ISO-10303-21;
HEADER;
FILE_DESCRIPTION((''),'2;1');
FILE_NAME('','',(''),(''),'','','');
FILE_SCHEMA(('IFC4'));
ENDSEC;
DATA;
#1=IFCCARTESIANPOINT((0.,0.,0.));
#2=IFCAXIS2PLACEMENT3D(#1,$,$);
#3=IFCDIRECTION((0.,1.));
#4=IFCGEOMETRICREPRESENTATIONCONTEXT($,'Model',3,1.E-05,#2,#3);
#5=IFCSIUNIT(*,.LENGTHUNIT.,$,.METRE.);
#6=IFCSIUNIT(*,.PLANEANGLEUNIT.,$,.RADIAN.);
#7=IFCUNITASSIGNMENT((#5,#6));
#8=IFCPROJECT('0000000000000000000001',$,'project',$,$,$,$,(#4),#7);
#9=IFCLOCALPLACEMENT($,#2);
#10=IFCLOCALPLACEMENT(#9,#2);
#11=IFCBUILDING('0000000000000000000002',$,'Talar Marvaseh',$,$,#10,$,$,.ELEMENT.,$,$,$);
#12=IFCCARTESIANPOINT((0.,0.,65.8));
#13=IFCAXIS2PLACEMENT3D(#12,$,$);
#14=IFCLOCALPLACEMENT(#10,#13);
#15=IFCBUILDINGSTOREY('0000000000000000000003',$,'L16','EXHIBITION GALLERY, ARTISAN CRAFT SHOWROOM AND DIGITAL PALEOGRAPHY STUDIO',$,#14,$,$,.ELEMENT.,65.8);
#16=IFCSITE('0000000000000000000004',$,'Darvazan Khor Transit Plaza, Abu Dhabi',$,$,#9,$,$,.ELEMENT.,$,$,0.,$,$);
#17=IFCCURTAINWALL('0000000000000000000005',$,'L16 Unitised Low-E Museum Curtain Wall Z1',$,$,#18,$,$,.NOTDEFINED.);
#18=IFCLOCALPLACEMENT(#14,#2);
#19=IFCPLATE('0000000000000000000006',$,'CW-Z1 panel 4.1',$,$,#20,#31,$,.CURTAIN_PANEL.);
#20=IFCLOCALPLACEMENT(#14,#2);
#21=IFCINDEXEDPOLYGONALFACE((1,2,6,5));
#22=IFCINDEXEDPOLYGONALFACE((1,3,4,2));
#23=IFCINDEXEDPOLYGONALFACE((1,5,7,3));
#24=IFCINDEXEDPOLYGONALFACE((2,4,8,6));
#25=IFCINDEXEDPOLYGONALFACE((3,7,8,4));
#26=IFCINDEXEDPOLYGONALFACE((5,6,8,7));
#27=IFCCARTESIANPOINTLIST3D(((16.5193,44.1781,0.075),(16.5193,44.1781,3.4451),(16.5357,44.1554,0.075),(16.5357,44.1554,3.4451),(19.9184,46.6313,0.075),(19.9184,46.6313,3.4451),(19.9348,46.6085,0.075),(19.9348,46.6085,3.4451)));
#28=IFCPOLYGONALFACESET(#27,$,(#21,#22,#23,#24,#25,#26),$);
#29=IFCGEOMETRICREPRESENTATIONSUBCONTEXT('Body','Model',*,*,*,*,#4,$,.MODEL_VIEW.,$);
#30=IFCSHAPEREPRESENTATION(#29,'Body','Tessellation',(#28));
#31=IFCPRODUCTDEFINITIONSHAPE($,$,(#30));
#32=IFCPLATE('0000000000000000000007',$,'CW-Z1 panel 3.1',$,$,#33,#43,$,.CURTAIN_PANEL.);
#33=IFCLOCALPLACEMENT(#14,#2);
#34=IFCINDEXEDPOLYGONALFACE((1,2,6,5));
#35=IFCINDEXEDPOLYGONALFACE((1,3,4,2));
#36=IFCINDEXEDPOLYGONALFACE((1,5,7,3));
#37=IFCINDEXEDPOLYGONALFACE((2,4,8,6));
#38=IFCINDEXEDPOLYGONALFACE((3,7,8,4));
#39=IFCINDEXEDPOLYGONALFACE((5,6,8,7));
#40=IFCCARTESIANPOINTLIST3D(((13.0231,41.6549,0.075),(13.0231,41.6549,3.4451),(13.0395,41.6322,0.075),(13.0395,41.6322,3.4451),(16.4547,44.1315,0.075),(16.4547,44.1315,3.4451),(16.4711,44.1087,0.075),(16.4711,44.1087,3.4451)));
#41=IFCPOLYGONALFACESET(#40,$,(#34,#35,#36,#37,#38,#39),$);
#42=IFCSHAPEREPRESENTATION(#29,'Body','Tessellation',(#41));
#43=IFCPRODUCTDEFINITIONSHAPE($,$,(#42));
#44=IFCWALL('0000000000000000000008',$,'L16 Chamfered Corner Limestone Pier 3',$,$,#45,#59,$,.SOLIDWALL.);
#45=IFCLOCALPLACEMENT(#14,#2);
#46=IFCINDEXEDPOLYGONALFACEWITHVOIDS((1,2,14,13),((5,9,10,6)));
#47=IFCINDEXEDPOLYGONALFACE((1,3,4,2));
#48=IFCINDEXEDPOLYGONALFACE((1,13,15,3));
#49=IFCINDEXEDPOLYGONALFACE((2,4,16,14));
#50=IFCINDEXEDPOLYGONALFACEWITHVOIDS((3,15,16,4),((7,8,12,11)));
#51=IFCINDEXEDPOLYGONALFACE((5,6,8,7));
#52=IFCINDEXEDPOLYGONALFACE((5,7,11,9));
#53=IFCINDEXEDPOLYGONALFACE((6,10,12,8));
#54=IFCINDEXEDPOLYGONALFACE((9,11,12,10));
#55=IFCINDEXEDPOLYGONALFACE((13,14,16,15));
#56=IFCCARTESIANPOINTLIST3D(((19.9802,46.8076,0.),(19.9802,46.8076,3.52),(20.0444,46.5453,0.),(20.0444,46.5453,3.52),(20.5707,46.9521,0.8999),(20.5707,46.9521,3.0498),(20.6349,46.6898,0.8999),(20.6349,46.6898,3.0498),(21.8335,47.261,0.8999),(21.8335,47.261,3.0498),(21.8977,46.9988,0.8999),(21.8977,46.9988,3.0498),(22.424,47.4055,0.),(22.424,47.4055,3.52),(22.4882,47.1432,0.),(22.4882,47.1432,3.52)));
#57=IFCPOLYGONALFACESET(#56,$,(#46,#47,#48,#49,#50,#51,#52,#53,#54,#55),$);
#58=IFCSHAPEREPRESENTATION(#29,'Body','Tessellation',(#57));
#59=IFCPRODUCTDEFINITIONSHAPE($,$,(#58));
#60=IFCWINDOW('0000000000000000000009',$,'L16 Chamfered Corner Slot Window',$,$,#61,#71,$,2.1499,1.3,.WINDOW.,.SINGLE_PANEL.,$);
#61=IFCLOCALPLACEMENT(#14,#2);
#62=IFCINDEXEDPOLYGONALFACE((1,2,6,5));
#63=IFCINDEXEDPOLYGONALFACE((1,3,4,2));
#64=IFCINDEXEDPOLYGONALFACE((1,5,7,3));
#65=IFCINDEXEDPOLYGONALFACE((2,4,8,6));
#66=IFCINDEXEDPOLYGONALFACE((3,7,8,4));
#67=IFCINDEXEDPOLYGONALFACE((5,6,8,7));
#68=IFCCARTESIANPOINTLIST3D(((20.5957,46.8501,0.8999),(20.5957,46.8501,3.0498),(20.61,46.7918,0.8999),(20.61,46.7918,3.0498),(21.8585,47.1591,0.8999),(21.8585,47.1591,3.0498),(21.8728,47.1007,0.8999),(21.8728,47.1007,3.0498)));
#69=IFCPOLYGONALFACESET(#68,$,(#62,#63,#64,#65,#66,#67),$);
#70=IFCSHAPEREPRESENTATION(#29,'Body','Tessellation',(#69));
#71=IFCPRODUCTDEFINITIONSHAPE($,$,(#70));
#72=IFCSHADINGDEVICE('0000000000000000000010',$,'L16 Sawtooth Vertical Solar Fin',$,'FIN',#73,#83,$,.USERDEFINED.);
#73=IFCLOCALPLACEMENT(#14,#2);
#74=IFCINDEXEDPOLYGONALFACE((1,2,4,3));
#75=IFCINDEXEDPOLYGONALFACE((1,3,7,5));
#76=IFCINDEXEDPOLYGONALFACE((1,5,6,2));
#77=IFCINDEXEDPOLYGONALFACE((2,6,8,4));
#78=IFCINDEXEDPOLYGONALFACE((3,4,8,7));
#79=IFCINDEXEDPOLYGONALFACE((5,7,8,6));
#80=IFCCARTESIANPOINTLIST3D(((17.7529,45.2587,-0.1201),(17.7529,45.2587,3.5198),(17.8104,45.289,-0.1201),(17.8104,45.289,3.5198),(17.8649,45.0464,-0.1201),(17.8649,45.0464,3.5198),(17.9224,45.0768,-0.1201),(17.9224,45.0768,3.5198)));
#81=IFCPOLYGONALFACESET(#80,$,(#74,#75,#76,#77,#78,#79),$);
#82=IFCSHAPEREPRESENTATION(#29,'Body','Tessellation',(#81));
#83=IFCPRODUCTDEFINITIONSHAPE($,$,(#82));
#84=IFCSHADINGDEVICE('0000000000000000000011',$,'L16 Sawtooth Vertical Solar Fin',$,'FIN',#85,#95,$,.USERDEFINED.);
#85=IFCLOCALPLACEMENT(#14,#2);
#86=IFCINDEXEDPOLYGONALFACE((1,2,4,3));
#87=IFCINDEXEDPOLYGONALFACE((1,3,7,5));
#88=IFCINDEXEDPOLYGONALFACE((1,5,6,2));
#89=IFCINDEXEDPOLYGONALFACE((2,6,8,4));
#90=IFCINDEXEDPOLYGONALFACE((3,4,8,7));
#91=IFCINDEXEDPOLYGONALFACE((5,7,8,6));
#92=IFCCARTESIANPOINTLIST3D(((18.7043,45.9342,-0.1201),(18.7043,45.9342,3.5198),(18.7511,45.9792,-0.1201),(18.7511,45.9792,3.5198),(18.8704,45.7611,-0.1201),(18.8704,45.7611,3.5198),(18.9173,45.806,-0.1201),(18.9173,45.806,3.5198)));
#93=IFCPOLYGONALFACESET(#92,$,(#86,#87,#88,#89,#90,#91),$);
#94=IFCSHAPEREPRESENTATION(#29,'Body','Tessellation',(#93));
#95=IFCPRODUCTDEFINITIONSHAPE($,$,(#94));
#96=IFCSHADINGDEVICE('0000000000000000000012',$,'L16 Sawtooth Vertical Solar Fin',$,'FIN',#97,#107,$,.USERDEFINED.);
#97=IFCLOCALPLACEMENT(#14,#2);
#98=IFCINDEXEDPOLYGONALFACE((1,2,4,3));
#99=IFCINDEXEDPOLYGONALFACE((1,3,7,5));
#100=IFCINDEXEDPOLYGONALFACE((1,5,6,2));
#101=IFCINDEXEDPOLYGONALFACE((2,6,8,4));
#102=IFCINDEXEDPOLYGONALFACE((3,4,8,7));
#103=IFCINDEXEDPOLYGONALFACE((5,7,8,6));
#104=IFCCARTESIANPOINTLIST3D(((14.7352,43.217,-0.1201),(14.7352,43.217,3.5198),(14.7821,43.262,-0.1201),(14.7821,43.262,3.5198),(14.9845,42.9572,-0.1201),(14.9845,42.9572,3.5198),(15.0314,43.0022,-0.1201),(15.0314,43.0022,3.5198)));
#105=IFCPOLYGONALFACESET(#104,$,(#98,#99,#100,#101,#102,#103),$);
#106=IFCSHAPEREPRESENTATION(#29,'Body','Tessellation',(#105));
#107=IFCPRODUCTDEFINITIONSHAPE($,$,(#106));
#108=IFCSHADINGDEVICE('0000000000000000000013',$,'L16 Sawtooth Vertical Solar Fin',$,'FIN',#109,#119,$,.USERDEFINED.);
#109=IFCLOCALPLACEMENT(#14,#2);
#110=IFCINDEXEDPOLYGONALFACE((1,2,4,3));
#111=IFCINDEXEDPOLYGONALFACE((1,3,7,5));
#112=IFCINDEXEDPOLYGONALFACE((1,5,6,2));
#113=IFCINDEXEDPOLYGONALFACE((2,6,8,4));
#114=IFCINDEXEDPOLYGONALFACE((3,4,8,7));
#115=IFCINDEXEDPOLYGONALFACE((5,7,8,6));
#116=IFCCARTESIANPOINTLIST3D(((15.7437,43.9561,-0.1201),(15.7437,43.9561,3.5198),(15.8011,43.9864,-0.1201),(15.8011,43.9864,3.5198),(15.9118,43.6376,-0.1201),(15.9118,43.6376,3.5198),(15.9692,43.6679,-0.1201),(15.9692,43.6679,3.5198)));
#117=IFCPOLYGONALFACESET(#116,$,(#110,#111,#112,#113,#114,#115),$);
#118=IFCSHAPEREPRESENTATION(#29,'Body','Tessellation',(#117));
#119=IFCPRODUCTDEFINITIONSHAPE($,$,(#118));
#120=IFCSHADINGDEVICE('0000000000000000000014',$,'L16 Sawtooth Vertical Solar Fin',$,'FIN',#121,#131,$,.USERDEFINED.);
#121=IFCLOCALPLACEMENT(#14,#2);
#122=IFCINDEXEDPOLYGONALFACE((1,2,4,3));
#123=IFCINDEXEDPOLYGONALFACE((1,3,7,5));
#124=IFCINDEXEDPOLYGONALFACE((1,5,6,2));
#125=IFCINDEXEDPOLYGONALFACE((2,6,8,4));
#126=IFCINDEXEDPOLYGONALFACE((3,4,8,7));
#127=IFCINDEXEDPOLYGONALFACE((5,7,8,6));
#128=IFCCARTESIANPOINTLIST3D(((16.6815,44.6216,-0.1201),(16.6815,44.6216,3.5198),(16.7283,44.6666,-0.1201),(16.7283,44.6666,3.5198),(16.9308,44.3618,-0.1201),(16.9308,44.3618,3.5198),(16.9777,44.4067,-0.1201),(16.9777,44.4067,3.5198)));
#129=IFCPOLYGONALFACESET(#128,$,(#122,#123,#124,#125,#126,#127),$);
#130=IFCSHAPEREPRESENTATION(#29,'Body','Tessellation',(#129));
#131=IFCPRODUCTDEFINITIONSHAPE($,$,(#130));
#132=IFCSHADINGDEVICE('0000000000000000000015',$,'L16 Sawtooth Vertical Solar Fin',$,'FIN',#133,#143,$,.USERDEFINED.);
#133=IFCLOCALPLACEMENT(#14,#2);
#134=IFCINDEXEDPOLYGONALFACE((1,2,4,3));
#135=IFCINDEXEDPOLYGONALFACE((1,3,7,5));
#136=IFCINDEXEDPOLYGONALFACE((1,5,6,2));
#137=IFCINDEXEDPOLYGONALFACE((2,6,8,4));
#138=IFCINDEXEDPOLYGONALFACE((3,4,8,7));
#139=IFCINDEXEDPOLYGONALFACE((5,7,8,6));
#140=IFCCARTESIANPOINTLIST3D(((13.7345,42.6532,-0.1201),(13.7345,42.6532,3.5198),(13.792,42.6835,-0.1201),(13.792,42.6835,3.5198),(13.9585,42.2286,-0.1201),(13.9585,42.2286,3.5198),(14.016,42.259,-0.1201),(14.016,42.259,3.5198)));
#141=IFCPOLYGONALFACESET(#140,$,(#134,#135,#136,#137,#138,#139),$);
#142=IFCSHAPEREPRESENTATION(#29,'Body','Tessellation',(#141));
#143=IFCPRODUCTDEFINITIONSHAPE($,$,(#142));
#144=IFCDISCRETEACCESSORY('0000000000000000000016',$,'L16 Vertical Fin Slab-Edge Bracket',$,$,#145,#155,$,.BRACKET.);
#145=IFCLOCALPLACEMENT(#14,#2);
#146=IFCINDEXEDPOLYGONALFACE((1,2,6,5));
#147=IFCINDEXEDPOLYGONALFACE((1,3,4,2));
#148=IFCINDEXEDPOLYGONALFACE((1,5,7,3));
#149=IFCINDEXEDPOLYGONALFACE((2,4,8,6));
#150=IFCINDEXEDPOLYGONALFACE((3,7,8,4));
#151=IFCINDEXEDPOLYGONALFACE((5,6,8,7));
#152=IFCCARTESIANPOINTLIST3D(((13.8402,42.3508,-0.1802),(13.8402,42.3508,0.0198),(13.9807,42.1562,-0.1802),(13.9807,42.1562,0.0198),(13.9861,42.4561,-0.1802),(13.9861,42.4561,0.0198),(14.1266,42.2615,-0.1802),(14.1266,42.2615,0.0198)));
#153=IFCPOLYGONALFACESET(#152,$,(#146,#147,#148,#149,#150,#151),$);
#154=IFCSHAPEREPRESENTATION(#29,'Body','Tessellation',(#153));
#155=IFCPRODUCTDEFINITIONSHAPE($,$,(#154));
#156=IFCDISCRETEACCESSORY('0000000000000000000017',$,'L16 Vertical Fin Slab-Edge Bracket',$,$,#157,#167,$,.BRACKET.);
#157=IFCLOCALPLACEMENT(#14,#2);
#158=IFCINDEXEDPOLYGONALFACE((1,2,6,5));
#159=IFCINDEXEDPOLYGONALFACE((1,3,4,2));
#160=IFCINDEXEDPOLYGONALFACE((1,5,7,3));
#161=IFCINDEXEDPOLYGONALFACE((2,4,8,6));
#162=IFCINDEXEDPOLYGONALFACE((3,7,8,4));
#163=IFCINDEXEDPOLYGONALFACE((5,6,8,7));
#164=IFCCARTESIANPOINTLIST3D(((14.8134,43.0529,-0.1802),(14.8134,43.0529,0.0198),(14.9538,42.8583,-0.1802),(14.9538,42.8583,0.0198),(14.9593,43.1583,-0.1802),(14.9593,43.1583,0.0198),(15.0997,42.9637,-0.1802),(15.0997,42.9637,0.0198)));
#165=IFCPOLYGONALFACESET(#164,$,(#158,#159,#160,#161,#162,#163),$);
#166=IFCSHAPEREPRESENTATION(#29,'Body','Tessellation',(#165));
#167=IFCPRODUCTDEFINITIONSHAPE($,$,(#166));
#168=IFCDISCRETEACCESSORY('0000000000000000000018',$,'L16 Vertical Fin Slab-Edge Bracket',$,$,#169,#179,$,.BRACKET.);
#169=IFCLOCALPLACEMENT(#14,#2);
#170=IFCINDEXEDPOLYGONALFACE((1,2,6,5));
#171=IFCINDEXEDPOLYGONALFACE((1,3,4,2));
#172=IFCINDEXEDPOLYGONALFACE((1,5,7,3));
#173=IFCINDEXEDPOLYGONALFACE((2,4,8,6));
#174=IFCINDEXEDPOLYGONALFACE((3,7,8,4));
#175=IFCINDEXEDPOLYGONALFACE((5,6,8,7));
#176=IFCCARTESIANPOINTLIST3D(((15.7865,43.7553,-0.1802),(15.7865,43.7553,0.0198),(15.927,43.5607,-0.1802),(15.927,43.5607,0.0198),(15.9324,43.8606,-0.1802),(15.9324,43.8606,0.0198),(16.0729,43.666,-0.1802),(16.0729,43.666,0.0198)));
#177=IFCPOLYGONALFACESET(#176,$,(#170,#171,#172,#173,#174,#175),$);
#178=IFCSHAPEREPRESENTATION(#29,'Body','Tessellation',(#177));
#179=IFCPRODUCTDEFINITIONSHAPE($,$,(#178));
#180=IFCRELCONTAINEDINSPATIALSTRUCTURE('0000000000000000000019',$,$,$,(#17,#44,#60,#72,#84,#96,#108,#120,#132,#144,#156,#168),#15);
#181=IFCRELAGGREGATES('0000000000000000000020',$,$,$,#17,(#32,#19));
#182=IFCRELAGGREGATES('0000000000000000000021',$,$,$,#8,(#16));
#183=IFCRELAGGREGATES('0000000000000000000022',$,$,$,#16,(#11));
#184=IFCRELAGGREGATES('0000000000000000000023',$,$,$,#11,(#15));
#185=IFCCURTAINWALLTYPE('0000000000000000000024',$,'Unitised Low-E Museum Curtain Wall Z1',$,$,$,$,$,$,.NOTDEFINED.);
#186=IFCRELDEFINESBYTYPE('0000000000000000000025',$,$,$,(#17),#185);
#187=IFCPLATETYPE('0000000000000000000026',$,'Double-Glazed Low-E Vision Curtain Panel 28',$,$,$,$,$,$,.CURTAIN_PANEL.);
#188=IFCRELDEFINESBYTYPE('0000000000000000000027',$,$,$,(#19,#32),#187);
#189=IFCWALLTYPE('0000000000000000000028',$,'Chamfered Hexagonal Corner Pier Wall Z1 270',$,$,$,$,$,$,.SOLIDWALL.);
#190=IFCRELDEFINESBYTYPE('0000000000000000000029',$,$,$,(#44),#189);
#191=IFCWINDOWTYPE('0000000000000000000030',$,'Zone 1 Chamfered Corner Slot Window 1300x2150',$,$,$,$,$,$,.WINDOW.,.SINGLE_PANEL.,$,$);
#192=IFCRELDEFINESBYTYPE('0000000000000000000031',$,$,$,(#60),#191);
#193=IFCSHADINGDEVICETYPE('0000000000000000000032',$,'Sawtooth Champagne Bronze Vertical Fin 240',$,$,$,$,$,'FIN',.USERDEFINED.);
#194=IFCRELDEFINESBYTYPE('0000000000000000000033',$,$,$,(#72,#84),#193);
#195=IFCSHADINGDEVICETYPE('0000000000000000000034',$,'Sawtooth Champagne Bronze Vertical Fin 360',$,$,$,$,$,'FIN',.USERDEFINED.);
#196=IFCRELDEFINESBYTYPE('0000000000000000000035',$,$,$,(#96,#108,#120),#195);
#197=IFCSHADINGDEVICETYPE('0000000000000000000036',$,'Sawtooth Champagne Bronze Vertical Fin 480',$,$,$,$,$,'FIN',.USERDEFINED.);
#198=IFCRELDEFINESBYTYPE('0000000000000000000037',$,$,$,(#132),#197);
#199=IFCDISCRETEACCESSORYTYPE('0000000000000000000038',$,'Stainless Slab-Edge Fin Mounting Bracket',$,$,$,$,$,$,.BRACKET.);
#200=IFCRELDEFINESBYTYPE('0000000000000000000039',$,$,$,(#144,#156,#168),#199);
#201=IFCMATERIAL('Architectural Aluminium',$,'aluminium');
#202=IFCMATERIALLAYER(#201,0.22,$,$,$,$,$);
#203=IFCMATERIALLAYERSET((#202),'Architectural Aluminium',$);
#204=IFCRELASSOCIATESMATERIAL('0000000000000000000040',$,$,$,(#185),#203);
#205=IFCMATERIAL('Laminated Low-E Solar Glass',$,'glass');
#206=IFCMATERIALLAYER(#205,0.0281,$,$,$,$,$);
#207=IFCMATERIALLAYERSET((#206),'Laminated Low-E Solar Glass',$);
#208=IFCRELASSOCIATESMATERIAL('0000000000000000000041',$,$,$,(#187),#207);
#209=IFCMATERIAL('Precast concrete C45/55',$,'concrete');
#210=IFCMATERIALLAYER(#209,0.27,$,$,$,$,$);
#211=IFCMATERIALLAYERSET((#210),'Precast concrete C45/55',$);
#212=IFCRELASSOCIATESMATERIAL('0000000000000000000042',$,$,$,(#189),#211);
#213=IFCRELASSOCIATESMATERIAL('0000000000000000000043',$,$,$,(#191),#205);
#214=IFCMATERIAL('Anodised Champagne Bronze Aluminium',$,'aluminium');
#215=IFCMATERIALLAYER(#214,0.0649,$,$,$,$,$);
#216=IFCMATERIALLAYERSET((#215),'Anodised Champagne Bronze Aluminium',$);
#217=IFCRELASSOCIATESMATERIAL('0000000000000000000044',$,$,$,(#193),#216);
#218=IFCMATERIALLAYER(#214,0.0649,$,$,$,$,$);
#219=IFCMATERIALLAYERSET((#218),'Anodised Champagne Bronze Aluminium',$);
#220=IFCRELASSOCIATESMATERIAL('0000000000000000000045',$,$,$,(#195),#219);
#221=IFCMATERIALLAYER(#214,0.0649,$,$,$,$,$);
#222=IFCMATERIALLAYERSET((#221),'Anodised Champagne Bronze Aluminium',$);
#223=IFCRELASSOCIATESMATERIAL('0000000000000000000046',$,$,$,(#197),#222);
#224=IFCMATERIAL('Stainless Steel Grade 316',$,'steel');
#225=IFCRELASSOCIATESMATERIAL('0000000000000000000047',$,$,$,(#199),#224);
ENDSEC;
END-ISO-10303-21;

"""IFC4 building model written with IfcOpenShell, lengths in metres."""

from ifc_helpers import new_model, si_unit, direction, frame, frame_2d, origin, origin_2d, place, context, subcontext, project, spatial, rectangle, extrude, source, transform, mapped, material, layer, layer_set, type_object, type_shapes, element, fill, aggregate, save


model = new_model("IFC4")

# Units and contexts
model_context = context("Model", 3, precision=1e-05, world=origin(), true_north=direction((0.0, 1.0)))
body_context = subcontext(model_context, "Body", "Model", "MODEL_VIEW")
ifc_project = project(units=[si_unit("LENGTHUNIT", "METRE"), si_unit("PLANEANGLEUNIT", "RADIAN")], contexts=[model_context])

# Site, building, storey
site_placement = place(None, origin())
site = spatial("IfcSite", under=ifc_project, at=site_placement, Name="Darvazan Khor Transit Plaza, Abu Dhabi", CompositionType="ELEMENT", RefElevation=0.0)
building_placement = place(site_placement, origin())
building = spatial("IfcBuilding", under=site, at=building_placement, Name="Talar Marvaseh", CompositionType="ELEMENT")
storey_placement = place(building_placement, frame((0.0, 0.0, 65.8)))
storey = spatial("IfcBuildingStorey", under=building, at=storey_placement, Name="L16", Description="EXHIBITION GALLERY, ARTISAN CRAFT SHOWROOM AND DIGITAL PALEOGRAPHY STUDIO", CompositionType="ELEMENT", Elevation=65.8)

# Curtain wall, plates
ifc_material_1 = material(Name="Architectural Aluminium", Category="aluminium")
ifc_layer_1 = layer(ifc_material_1, 0.22)
ifc_layer_set_1 = layer_set([ifc_layer_1], Name="Architectural Aluminium")
curtain_wall_type = type_object("IfcCurtainWallType", Name="Unitised Low-E Museum Curtain Wall Z1", PredefinedType="NOTDEFINED", material=ifc_layer_set_1)
curtain_wall_placement = place(storey_placement, origin())
curtain_wall = element("IfcCurtainWall", 1, at=curtain_wall_placement, inside=storey, type_object=curtain_wall_type, Name="L16 Unitised Low-E Museum Curtain Wall Z1", PredefinedType="NOTDEFINED")
ifc_material_2 = material(Name="Laminated Low-E Solar Glass", Category="glass")
ifc_layer_2 = layer(ifc_material_2, 0.0281)
ifc_layer_set_2 = layer_set([ifc_layer_2], Name="Laminated Low-E Solar Glass")
plate_type = type_object("IfcPlateType", Name="Double-Glazed Low-E Vision Curtain Panel 28", PredefinedType="CURTAIN_PANEL", material=ifc_layer_set_2)
shared_shape_1 = source(origin(), body_context, "Body", "SweptSolid", [
    extrude(rectangle(XDim=4.1919, YDim=0.0281, at=origin_2d()), origin(), (0.0, 0.0, 1.0), 3.3701),
])
plate_1_placement = place(storey_placement, frame((18.2271, 45.3933, 0.075), z_axis=(0.0, 0.0, 1.0), x_axis=(0.810882, 0.585209, 0.0)))
plate_1 = element("IfcPlate", 2, at=plate_1_placement, type_object=plate_type, Name="CW-Z1 panel 4.1", PredefinedType="CURTAIN_PANEL", context=body_context, shape_type="MappedRepresentation", body=[
    mapped(shared_shape_1, transform((0.0, 0.0, 0.0), x_axis=(1.0, 0.0, 0.0), y_axis=(0.0, 1.0, 0.0), z_axis=(0.0, 0.0, 1.0), scale=1.0)),
])
shared_shape_2 = source(origin(), body_context, "Body", "SweptSolid", [
    extrude(rectangle(XDim=4.2319, YDim=0.0281, at=origin_2d()), origin(), (0.0, 0.0, 1.0), 3.3701),
])
type_shapes(plate_type, [shared_shape_1, shared_shape_2])
plate_2_placement = place(storey_placement, frame((14.7471, 42.8818, 0.075), z_axis=(0.0, 0.0, 1.0), x_axis=(0.810882, 0.585209, 0.0)))
plate_2 = element("IfcPlate", 3, at=plate_2_placement, type_object=plate_type, Name="CW-Z1 panel 3.1", PredefinedType="CURTAIN_PANEL", context=body_context, shape_type="MappedRepresentation", body=[
    mapped(shared_shape_2, transform((0.0, 0.0, 0.0), x_axis=(1.0, 0.0, 0.0), y_axis=(0.0, 1.0, 0.0), z_axis=(0.0, 0.0, 1.0), scale=1.0)),
])
aggregate(curtain_wall, [plate_2, plate_1])

# Wall, opening, window
ifc_material_3 = material(Name="Precast concrete C45/55", Category="concrete")
ifc_layer_3 = layer(ifc_material_3, 0.27)
ifc_layer_set_3 = layer_set([ifc_layer_3], Name="Precast concrete C45/55")
wall_type = type_object("IfcWallType", Name="Chamfered Hexagonal Corner Pier Wall Z1 270", PredefinedType="SOLIDWALL", material=ifc_layer_set_3)
wall_placement = place(storey_placement, frame((20.0125, 46.6765, 0.0), z_axis=(0.0, 0.0, 1.0), x_axis=(0.971352, 0.237646, 0.0)))
wall = element("IfcWall", 4, at=wall_placement, inside=storey, type_object=wall_type, Name="L16 Chamfered Corner Limestone Pier 3", PredefinedType="SOLIDWALL", context=body_context, shape_type="SweptSolid", body=[
    extrude(rectangle(XDim=2.5159, YDim=0.27, at=frame_2d((1.2578, 0.0))), origin(), (0.0, 0.0, 1.0), 3.52),
])
opening_placement = place(wall_placement, frame((0.6079, 0.0, 0.8999)))
opening = element("IfcOpeningElement", 5, at=opening_placement, cuts=wall, PredefinedType="OPENING", context=body_context, shape_type="SweptSolid", body=[
    extrude(rectangle(XDim=1.3, YDim=2.1499, at=frame_2d((0.6499, 1.075))), frame((0.0, 0.145, 0.0), z_axis=(0.0, -1.0, 0.0), x_axis=(1.0, 0.0, 0.0)), (0.0, 0.0, 1.0), 0.29),
])
window_type = type_object("IfcWindowType", Name="Zone 1 Chamfered Corner Slot Window 1300x2150", PartitioningType="SINGLE_PANEL", PredefinedType="WINDOW", material=ifc_material_2)
shared_shape_3 = source(origin(), body_context, "Body", "SweptSolid", [
    extrude(rectangle(XDim=1.3, YDim=2.1499, at=frame_2d((0.6499, 1.075))), frame((0.0, 0.03, 0.0), z_axis=(0.0, -1.0, 0.0), x_axis=(1.0, 0.0, 0.0)), (0.0, 0.0, 1.0), 0.0601),
])
type_shapes(window_type, [shared_shape_3])
window_placement = place(opening_placement, origin())
window = element("IfcWindow", 6, at=window_placement, inside=storey, type_object=window_type, Name="L16 Chamfered Corner Slot Window", OverallHeight=2.1499, OverallWidth=1.3, PartitioningType="SINGLE_PANEL", PredefinedType="WINDOW", context=body_context, shape_type="MappedRepresentation", body=[
    mapped(shared_shape_3, transform((0.0, 0.0, 0.0), x_axis=(1.0, 0.0, 0.0), y_axis=(0.0, 1.0, 0.0), z_axis=(0.0, 0.0, 1.0), scale=1.0)),
])
fill(opening, window)

# Shading devices
ifc_material_4 = material(Name="Anodised Champagne Bronze Aluminium", Category="aluminium")
ifc_layer_4 = layer(ifc_material_4, 0.0649)
ifc_layer_set_4 = layer_set([ifc_layer_4], Name="Anodised Champagne Bronze Aluminium")
shading_device_type_1 = type_object("IfcShadingDeviceType", Name="Sawtooth Champagne Bronze Vertical Fin 240", ElementType="FIN", PredefinedType="USERDEFINED", material=ifc_layer_set_4)
shared_shape_4 = source(origin(), body_context, "Body", "SweptSolid", [
    extrude(rectangle(XDim=0.24, YDim=0.0649, at=origin_2d()), origin(), (0.0, 0.0, 1.0), 3.6399),
])
type_shapes(shading_device_type_1, [shared_shape_4])
for number, where, z_axis, x_axis, name in (
    (7, (17.8376, 45.1677, -0.1201), (0.0, 0.0, 1.0), (-0.466695, 0.884418, 0.0), "L16 Sawtooth Vertical Solar Fin"),
    (8, (18.8108, 45.8701, -0.1201), (0.0, 0.0, 1.0), (-0.692395, 0.721519, 0.0), "L16 Sawtooth Vertical Solar Fin"),
):
    element("IfcShadingDevice", number, at=place(storey_placement, frame(where, z_axis=z_axis, x_axis=x_axis)), inside=storey, type_object=shading_device_type_1, Name=name, ObjectType="FIN", PredefinedType="USERDEFINED", context=body_context, shape_type="MappedRepresentation", body=[
        mapped(shared_shape_4, transform((0.0, 0.0, 0.0), x_axis=(1.0, 0.0, 0.0), y_axis=(0.0, 1.0, 0.0), z_axis=(0.0, 0.0, 1.0), scale=1.0)),
    ])
ifc_layer_5 = layer(ifc_material_4, 0.0649)
ifc_layer_set_5 = layer_set([ifc_layer_5], Name="Anodised Champagne Bronze Aluminium")
shading_device_type_2 = type_object("IfcShadingDeviceType", Name="Sawtooth Champagne Bronze Vertical Fin 360", ElementType="FIN", PredefinedType="USERDEFINED", material=ifc_layer_set_5)
shared_shape_5 = source(origin(), body_context, "Body", "SweptSolid", [
    extrude(rectangle(XDim=0.3601, YDim=0.0649, at=origin_2d()), origin(), (0.0, 0.0, 1.0), 3.6399),
])
type_shapes(shading_device_type_2, [shared_shape_5])
for number, where, z_axis, x_axis, name in (
    (9, (14.8833, 43.1096, -0.1201), (0.0, 0.0, 1.0), (-0.692395, 0.721519, 0.0), "L16 Sawtooth Vertical Solar Fin"),
    (10, (15.8564, 43.812, -0.1201), (0.0, 0.0, 1.0), (-0.466695, 0.884418, 0.0), "L16 Sawtooth Vertical Solar Fin"),
    (11, (16.8296, 44.5142, -0.1201), (0.0, 0.0, 1.0), (-0.692395, 0.721519, 0.0), "L16 Sawtooth Vertical Solar Fin"),
):
    element("IfcShadingDevice", number, at=place(storey_placement, frame(where, z_axis=z_axis, x_axis=x_axis)), inside=storey, type_object=shading_device_type_2, Name=name, ObjectType="FIN", PredefinedType="USERDEFINED", context=body_context, shape_type="MappedRepresentation", body=[
        mapped(shared_shape_5, transform((0.0, 0.0, 0.0), x_axis=(1.0, 0.0, 0.0), y_axis=(0.0, 1.0, 0.0), z_axis=(0.0, 0.0, 1.0), scale=1.0)),
    ])
ifc_layer_6 = layer(ifc_material_4, 0.0649)
ifc_layer_set_6 = layer_set([ifc_layer_6], Name="Anodised Champagne Bronze Aluminium")
shading_device_type_3 = type_object("IfcShadingDeviceType", Name="Sawtooth Champagne Bronze Vertical Fin 480", ElementType="FIN", PredefinedType="USERDEFINED", material=ifc_layer_set_6)
shared_shape_6 = source(origin(), body_context, "Body", "SweptSolid", [
    extrude(rectangle(XDim=0.48, YDim=0.0649, at=origin_2d()), origin(), (0.0, 0.0, 1.0), 3.6399),
])
type_shapes(shading_device_type_3, [shared_shape_6])
shading_device_placement = place(storey_placement, frame((13.8752, 42.4561, -0.1201), z_axis=(0.0, 0.0, 1.0), x_axis=(-0.466695, 0.884418, 0.0)))
element("IfcShadingDevice", 12, at=shading_device_placement, inside=storey, type_object=shading_device_type_3, Name="L16 Sawtooth Vertical Solar Fin", ObjectType="FIN", PredefinedType="USERDEFINED", context=body_context, shape_type="MappedRepresentation", body=[
    mapped(shared_shape_6, transform((0.0, 0.0, 0.0), x_axis=(1.0, 0.0, 0.0), y_axis=(0.0, 1.0, 0.0), z_axis=(0.0, 0.0, 1.0), scale=1.0)),
])

# Discrete accessories
ifc_material_5 = material(Name="Stainless Steel Grade 316", Category="steel")
discrete_accessory_type = type_object("IfcDiscreteAccessoryType", Name="Stainless Slab-Edge Fin Mounting Bracket", PredefinedType="BRACKET", material=ifc_material_5)
shared_shape_7 = source(origin(), body_context, "Body", "SweptSolid", [
    extrude(rectangle(XDim=0.24, YDim=0.1799, at=origin_2d()), origin(), (0.0, 0.0, 1.0), 0.2),
])
type_shapes(discrete_accessory_type, [shared_shape_7])
for number, where, z_axis, x_axis, name in (
    (13, (13.9834, 42.3062, -0.1802), (0.0, 0.0, 1.0), (-0.585241, 0.81086, 0.0), "L16 Vertical Fin Slab-Edge Bracket"),
    (14, (14.9565, 43.0083, -0.1802), (0.0, 0.0, 1.0), (-0.585241, 0.81086, 0.0), "L16 Vertical Fin Slab-Edge Bracket"),
    (15, (15.9297, 43.7107, -0.1802), (0.0, 0.0, 1.0), (-0.585241, 0.81086, 0.0), "L16 Vertical Fin Slab-Edge Bracket"),
):
    element("IfcDiscreteAccessory", number, at=place(storey_placement, frame(where, z_axis=z_axis, x_axis=x_axis)), inside=storey, type_object=discrete_accessory_type, Name=name, PredefinedType="BRACKET", context=body_context, shape_type="MappedRepresentation", body=[
        mapped(shared_shape_7, transform((0.0, 0.0, 0.0), x_axis=(1.0, 0.0, 0.0), y_axis=(0.0, 1.0, 0.0), z_axis=(0.0, 0.0, 1.0), scale=1.0)),
    ])

save(model, "model.ifc")
